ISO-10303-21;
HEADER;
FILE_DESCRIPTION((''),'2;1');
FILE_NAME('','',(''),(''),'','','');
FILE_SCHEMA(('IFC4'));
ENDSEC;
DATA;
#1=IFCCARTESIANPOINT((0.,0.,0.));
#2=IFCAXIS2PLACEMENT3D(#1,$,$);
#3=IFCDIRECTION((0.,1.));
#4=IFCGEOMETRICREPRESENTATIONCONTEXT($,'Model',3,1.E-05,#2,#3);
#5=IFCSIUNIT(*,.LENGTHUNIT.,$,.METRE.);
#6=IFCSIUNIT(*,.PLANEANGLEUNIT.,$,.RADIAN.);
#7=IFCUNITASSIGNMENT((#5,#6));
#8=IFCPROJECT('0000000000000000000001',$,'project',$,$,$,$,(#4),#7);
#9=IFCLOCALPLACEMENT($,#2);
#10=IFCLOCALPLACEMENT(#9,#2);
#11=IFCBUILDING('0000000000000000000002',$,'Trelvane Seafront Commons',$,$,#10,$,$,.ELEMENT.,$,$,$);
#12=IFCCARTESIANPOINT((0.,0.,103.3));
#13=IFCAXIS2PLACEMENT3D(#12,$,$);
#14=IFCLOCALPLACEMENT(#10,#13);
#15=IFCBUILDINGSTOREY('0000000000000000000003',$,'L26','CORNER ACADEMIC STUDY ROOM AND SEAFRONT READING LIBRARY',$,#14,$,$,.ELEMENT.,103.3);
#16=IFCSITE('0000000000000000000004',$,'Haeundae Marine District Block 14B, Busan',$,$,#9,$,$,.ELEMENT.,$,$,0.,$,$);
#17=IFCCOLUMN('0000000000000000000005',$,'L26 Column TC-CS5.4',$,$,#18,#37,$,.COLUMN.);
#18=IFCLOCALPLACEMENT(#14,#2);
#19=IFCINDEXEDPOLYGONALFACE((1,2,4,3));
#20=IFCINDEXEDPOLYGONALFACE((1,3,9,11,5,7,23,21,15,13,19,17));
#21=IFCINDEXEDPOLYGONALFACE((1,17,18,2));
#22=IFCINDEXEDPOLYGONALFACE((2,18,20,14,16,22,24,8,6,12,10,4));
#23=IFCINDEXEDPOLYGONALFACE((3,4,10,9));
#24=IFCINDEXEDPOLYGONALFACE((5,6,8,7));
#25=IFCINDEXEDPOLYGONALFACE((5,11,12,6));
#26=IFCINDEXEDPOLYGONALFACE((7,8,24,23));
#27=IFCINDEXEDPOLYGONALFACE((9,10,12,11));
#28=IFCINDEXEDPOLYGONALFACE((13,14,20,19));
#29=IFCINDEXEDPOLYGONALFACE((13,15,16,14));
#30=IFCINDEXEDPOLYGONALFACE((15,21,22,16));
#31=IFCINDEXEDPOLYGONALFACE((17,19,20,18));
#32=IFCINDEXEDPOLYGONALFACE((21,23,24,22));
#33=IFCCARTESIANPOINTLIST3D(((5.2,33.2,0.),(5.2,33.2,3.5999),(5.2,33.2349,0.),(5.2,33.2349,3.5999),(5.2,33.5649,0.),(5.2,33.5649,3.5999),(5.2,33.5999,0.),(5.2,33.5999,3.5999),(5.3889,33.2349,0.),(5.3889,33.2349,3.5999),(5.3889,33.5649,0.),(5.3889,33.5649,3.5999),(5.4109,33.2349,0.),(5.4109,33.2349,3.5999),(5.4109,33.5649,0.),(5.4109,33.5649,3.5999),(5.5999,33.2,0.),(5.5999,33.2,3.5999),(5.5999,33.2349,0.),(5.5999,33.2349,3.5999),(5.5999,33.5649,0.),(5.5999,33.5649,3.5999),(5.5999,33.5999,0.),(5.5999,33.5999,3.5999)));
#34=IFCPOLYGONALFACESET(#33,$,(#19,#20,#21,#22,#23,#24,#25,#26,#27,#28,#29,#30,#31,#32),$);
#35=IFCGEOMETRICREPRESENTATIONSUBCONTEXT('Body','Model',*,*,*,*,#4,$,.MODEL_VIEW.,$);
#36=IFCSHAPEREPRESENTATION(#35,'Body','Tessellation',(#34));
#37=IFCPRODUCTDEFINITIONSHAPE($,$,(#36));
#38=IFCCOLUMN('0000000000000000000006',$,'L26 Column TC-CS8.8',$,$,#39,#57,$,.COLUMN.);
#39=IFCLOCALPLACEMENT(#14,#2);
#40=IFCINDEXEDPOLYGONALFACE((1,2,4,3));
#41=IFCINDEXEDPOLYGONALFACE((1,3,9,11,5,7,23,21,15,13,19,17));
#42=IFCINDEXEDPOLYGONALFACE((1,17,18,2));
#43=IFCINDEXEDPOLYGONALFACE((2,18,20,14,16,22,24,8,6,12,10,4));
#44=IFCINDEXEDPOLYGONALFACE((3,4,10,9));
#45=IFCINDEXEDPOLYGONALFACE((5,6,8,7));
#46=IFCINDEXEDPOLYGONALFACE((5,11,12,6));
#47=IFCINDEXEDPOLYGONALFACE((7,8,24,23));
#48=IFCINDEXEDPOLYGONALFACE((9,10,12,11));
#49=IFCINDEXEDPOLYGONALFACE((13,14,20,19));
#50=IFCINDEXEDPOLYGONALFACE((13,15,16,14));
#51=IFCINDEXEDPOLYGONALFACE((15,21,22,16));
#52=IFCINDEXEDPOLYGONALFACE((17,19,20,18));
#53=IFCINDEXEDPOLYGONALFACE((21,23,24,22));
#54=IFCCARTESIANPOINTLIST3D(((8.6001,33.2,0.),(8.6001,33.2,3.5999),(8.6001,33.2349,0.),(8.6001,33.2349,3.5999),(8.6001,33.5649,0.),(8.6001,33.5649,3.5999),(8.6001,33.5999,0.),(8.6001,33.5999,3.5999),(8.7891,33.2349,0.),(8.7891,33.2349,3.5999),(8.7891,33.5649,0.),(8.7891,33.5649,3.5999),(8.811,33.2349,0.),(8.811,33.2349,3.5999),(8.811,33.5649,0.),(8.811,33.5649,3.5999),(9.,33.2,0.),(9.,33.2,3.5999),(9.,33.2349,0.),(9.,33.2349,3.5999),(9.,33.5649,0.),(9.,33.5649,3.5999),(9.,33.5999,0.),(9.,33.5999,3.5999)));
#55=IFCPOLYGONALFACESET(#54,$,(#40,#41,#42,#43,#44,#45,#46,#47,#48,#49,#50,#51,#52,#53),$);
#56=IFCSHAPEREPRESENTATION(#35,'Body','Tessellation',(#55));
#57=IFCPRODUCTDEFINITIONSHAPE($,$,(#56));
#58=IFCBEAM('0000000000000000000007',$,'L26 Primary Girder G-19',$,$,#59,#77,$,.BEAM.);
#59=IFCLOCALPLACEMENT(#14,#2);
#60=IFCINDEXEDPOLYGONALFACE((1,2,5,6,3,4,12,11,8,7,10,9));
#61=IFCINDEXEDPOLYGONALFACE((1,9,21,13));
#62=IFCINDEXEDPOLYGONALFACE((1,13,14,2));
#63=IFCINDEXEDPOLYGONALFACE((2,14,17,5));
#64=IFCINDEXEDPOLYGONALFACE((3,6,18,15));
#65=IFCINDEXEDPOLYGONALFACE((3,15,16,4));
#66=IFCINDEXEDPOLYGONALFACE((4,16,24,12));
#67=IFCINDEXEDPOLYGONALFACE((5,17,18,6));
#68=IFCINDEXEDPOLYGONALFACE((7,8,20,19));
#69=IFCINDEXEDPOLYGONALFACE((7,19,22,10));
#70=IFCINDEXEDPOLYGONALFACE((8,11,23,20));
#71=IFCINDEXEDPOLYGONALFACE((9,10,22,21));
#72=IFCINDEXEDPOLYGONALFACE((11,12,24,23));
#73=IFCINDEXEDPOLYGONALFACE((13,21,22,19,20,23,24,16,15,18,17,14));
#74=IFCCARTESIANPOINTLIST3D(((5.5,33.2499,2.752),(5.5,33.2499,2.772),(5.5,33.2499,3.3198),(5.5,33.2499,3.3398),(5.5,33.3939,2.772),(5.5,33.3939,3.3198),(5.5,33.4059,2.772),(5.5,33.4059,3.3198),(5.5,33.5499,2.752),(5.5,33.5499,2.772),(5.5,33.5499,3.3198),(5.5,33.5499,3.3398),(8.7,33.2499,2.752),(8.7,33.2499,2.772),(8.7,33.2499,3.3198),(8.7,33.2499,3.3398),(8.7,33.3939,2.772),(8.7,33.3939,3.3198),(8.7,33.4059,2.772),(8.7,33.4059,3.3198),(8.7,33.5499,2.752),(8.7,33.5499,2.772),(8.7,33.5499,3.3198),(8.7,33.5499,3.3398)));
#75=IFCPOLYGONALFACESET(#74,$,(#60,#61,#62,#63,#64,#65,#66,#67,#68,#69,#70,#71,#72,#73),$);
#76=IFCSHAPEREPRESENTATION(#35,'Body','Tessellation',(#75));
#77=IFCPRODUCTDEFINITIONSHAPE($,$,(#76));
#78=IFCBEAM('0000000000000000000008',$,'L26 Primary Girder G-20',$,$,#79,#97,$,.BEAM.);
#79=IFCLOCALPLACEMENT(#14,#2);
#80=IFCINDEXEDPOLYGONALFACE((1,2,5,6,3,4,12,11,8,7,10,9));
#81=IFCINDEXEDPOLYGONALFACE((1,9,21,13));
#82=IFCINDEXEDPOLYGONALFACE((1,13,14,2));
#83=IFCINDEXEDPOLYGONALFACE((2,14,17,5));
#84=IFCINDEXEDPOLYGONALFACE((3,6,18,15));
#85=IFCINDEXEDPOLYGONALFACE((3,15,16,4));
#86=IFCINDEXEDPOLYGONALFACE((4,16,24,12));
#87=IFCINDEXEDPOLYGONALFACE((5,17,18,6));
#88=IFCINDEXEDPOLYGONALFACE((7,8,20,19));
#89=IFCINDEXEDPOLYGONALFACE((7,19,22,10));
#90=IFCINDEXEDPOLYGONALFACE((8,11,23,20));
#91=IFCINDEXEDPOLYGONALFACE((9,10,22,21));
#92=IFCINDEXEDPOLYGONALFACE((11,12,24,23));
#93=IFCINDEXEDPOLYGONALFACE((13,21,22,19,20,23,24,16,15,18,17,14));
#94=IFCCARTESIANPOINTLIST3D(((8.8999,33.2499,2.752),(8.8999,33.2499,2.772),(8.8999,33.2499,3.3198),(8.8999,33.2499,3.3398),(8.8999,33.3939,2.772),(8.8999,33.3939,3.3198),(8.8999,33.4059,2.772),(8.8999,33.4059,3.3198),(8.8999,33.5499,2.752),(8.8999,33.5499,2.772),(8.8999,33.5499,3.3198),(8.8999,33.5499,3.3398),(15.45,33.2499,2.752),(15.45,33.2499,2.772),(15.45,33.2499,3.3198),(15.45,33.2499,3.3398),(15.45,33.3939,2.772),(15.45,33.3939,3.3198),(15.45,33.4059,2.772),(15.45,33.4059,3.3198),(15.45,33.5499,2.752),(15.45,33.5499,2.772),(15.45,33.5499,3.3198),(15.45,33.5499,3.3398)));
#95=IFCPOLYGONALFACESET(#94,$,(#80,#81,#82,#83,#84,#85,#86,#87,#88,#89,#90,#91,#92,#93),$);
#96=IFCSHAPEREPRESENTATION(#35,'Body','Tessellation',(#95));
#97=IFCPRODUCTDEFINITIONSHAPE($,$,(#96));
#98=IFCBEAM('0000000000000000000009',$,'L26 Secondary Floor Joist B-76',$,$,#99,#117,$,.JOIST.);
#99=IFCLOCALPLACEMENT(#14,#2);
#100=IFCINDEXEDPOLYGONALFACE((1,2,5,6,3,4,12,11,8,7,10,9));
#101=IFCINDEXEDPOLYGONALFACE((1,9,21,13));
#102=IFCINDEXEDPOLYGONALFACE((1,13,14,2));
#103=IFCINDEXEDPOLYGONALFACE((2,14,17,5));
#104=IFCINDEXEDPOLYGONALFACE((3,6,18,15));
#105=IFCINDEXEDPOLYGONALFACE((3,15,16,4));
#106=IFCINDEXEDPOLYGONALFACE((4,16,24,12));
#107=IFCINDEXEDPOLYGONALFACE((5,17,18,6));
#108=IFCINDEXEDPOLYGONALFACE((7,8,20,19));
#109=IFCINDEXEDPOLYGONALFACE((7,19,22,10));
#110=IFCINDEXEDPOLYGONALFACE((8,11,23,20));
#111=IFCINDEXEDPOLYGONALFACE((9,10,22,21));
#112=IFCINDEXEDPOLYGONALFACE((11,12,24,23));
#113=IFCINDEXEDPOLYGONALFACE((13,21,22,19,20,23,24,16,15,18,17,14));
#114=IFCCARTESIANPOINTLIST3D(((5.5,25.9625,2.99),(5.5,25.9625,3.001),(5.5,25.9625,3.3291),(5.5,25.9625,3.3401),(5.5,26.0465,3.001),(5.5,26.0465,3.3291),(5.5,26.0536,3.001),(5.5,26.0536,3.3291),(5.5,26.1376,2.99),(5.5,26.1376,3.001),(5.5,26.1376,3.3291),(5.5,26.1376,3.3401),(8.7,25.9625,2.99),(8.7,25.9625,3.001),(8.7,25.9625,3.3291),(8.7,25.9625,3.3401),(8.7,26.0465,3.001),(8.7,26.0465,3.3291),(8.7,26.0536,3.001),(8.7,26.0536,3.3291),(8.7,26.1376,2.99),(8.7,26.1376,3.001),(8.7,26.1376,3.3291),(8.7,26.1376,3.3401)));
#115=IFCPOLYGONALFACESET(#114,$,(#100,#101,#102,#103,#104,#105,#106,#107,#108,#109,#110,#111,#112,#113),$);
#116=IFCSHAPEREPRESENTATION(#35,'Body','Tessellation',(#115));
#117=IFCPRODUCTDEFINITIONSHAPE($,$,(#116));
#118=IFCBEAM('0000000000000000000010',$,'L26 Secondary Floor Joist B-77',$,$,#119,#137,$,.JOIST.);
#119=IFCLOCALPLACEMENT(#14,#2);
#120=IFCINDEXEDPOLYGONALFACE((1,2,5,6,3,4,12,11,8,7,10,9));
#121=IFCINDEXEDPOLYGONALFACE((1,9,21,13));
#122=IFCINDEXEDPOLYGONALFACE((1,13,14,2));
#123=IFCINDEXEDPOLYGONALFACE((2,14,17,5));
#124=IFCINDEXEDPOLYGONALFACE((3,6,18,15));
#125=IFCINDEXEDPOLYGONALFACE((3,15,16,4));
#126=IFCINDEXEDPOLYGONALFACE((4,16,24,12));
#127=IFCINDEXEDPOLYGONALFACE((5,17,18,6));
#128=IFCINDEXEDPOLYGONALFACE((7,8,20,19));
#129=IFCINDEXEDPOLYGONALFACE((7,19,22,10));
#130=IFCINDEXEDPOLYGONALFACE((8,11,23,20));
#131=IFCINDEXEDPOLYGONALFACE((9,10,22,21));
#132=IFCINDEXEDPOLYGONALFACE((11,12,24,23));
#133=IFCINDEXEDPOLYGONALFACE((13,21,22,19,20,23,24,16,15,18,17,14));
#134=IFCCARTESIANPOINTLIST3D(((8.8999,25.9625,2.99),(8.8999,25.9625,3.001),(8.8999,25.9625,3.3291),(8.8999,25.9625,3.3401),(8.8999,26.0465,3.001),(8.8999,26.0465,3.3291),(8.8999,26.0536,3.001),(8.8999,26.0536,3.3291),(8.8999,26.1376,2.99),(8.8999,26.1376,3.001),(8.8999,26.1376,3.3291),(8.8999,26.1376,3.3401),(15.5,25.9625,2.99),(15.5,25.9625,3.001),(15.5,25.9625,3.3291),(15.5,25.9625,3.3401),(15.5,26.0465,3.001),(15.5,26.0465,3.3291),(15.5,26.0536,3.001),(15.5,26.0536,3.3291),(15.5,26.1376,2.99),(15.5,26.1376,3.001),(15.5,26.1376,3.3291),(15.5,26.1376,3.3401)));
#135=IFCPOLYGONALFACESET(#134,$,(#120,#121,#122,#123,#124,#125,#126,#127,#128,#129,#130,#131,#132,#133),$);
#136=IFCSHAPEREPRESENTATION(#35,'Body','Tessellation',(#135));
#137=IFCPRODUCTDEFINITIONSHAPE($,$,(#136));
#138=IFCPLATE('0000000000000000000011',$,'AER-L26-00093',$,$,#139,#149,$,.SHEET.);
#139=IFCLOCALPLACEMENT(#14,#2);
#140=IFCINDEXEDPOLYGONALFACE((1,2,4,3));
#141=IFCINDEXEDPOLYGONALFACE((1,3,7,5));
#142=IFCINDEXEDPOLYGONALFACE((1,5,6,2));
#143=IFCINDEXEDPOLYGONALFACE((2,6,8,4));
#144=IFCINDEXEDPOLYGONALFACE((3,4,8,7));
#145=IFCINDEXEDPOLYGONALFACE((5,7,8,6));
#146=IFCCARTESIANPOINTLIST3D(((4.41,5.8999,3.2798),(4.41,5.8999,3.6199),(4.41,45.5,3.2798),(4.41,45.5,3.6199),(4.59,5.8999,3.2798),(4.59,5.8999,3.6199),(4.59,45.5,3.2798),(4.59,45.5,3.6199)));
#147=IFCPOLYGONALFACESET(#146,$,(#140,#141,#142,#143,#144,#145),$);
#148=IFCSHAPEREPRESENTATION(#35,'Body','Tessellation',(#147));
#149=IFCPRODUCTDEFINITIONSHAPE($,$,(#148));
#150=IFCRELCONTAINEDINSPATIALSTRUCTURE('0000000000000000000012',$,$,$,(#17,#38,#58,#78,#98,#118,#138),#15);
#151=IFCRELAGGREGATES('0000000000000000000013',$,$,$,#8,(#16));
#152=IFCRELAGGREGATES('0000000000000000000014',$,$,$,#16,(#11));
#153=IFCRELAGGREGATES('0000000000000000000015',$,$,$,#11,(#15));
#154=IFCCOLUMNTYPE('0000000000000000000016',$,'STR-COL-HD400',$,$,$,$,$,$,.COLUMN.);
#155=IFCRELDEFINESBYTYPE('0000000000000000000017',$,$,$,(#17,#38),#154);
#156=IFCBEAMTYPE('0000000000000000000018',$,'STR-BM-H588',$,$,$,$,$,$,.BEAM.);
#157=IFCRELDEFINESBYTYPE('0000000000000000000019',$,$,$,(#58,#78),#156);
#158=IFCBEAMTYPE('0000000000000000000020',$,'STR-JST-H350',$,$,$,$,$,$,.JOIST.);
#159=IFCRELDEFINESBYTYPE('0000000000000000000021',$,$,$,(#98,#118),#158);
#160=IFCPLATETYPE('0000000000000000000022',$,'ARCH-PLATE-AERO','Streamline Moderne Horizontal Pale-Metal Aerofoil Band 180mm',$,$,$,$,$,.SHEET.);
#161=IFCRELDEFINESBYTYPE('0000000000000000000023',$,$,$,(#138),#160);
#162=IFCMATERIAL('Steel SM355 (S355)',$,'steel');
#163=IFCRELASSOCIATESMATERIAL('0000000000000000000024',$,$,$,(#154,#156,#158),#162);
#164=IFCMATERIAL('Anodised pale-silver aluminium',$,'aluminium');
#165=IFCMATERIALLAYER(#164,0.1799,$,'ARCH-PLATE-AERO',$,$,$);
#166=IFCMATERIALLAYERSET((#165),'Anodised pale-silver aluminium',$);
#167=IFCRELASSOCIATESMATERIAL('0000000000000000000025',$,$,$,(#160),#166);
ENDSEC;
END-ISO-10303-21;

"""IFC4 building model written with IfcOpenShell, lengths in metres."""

from ifc_helpers import new_model, si_unit, direction, frame, origin, origin_2d, place, context, subcontext, project, spatial, rectangle, i_section, extrude, source, transform, mapped, material, layer, layer_set, material_profile, profile_set, type_object, element, save


model = new_model("IFC4")

# Units and contexts
model_context = context("Model", 3, precision=1e-05, world=origin(), true_north=direction((0.0, 1.0)))
body_context = subcontext(model_context, "Body", "Model", "MODEL_VIEW")
ifc_project = project(units=[si_unit("LENGTHUNIT", "METRE"), si_unit("PLANEANGLEUNIT", "RADIAN")], contexts=[model_context])

# Site, building, storey
site_placement = place(None, origin())
site = spatial("IfcSite", under=ifc_project, at=site_placement, Name="Haeundae Marine District Block 14B, Busan", CompositionType="ELEMENT", RefElevation=0.0)
building_placement = place(site_placement, origin())
building = spatial("IfcBuilding", under=site, at=building_placement, Name="Trelvane Seafront Commons", CompositionType="ELEMENT")
storey_placement = place(building_placement, frame((0.0, 0.0, 103.3)))
storey = spatial("IfcBuildingStorey", under=building, at=storey_placement, Name="L26", Description="CORNER ACADEMIC STUDY ROOM AND SEAFRONT READING LIBRARY", CompositionType="ELEMENT", Elevation=103.3)

# Columns
ifc_material_1 = material(Name="Steel SM355 (S355)", Category="steel")
ifc_material_profile_1 = material_profile(ifc_material_1, i_section(OverallWidth=0.3999, OverallDepth=0.3999, WebThickness=0.022, FlangeThickness=0.0349, at=origin_2d()), Name="HD-400x400x22x35")
ifc_profile_set_1 = profile_set([ifc_material_profile_1], Name="Steel SM355 (S355)")
column_type = type_object("IfcColumnType", Name="STR-COL-HD400", PredefinedType="COLUMN", material=ifc_profile_set_1)
shared_shape_1 = source(origin(), body_context, "Body", "SweptSolid", [
    extrude(i_section(OverallWidth=0.3999, OverallDepth=0.3999, WebThickness=0.022, FlangeThickness=0.0349, at=origin_2d()), origin(), (0.0, 0.0, 1.0), 3.5999),
])
for number, where, z_axis, x_axis, name in (
    (1, (5.3999, 33.3999, 0.0), (0.0, 0.0, 1.0), (1.0, 0.0, 0.0), "L26 Column TC-CS5.4"),
    (2, (8.8, 33.3999, 0.0), (0.0, 0.0, 1.0), (1.0, 0.0, 0.0), "L26 Column TC-CS8.8"),
):
    element("IfcColumn", number, at=place(storey_placement, frame(where, z_axis=z_axis, x_axis=x_axis)), inside=storey, type_object=column_type, Name=name, PredefinedType="COLUMN", context=body_context, shape_type="MappedRepresentation", body=[
        mapped(shared_shape_1, transform((0.0, 0.0, 0.0), x_axis=(1.0, 0.0, 0.0), y_axis=(0.0, 1.0, 0.0), z_axis=(0.0, 0.0, 1.0), scale=1.0)),
    ])

# Beams
ifc_material_profile_2 = material_profile(ifc_material_1, i_section(OverallWidth=0.3, OverallDepth=0.5879, WebThickness=0.012, FlangeThickness=0.02, at=origin_2d()), Name="H-588x300x12x20")
ifc_profile_set_2 = profile_set([ifc_material_profile_2], Name="Steel SM355 (S355)")
beam_type_1 = type_object("IfcBeamType", Name="STR-BM-H588", PredefinedType="BEAM", material=ifc_profile_set_2)
shared_shape_2 = source(origin(), body_context, "Body", "SweptSolid", [
    extrude(i_section(OverallWidth=0.3, OverallDepth=0.5879, WebThickness=0.012, FlangeThickness=0.02, at=origin_2d()), origin(), (0.0, 0.0, 1.0), 3.2),
])
beam_1_placement = place(storey_placement, frame((5.5, 33.3999, 3.0459), z_axis=(1.0, 0.0, 0.0), x_axis=(0.0, 1.0, 0.0)))
element("IfcBeam", 3, at=beam_1_placement, inside=storey, type_object=beam_type_1, Name="L26 Primary Girder G-19", PredefinedType="BEAM", context=body_context, shape_type="MappedRepresentation", body=[
    mapped(shared_shape_2, transform((0.0, 0.0, 0.0), x_axis=(1.0, 0.0, 0.0), y_axis=(0.0, 1.0, 0.0), z_axis=(0.0, 0.0, 1.0), scale=1.0)),
])
shared_shape_3 = source(origin(), body_context, "Body", "SweptSolid", [
    extrude(i_section(OverallWidth=0.3, OverallDepth=0.5879, WebThickness=0.012, FlangeThickness=0.02, at=origin_2d()), origin(), (0.0, 0.0, 1.0), 6.55),
])
beam_2_placement = place(storey_placement, frame((8.8999, 33.3999, 3.0459), z_axis=(1.0, 0.0, 0.0), x_axis=(0.0, 1.0, 0.0)))
element("IfcBeam", 4, at=beam_2_placement, inside=storey, type_object=beam_type_1, Name="L26 Primary Girder G-20", PredefinedType="BEAM", context=body_context, shape_type="MappedRepresentation", body=[
    mapped(shared_shape_3, transform((0.0, 0.0, 0.0), x_axis=(1.0, 0.0, 0.0), y_axis=(0.0, 1.0, 0.0), z_axis=(0.0, 0.0, 1.0), scale=1.0)),
])
ifc_material_profile_3 = material_profile(ifc_material_1, i_section(OverallWidth=0.175, OverallDepth=0.3501, WebThickness=0.0071, FlangeThickness=0.011, at=origin_2d()), Name="H-350x175x7x11")
ifc_profile_set_3 = profile_set([ifc_material_profile_3], Name="Steel SM355 (S355)")
beam_type_2 = type_object("IfcBeamType", Name="STR-JST-H350", PredefinedType="JOIST", material=ifc_profile_set_3)
shared_shape_4 = source(origin(), body_context, "Body", "SweptSolid", [
    extrude(i_section(OverallWidth=0.175, OverallDepth=0.3501, WebThickness=0.0071, FlangeThickness=0.011, at=origin_2d()), origin(), (0.0, 0.0, 1.0), 3.2),
])
beam_3_placement = place(storey_placement, frame((5.5, 26.05, 3.165), z_axis=(1.0, 0.0, 0.0), x_axis=(0.0, 1.0, 0.0)))
element("IfcBeam", 5, at=beam_3_placement, inside=storey, type_object=beam_type_2, Name="L26 Secondary Floor Joist B-76", PredefinedType="JOIST", context=body_context, shape_type="MappedRepresentation", body=[
    mapped(shared_shape_4, transform((0.0, 0.0, 0.0), x_axis=(1.0, 0.0, 0.0), y_axis=(0.0, 1.0, 0.0), z_axis=(0.0, 0.0, 1.0), scale=1.0)),
])
shared_shape_5 = source(origin(), body_context, "Body", "SweptSolid", [
    extrude(i_section(OverallWidth=0.175, OverallDepth=0.3501, WebThickness=0.0071, FlangeThickness=0.011, at=origin_2d()), origin(), (0.0, 0.0, 1.0), 6.6001),
])
beam_4_placement = place(storey_placement, frame((8.8999, 26.05, 3.165), z_axis=(1.0, 0.0, 0.0), x_axis=(0.0, 1.0, 0.0)))
element("IfcBeam", 6, at=beam_4_placement, inside=storey, type_object=beam_type_2, Name="L26 Secondary Floor Joist B-77", PredefinedType="JOIST", context=body_context, shape_type="MappedRepresentation", body=[
    mapped(shared_shape_5, transform((0.0, 0.0, 0.0), x_axis=(1.0, 0.0, 0.0), y_axis=(0.0, 1.0, 0.0), z_axis=(0.0, 0.0, 1.0), scale=1.0)),
])

# Plate
ifc_material_2 = material(Name="Anodised pale-silver aluminium", Category="aluminium")
ifc_layer_1 = layer(ifc_material_2, 0.1799, Name="ARCH-PLATE-AERO")
ifc_layer_set_1 = layer_set([ifc_layer_1], Name="Anodised pale-silver aluminium")
plate_type = type_object("IfcPlateType", Name="ARCH-PLATE-AERO", Description="Streamline Moderne Horizontal Pale-Metal Aerofoil Band 180mm", PredefinedType="SHEET", material=ifc_layer_set_1)
shared_shape_6 = source(origin(), body_context, "Body", "SweptSolid", [
    extrude(rectangle(XDim=39.6001, YDim=0.1799, at=origin_2d()), origin(), (0.0, 0.0, 1.0), 0.3401),
])
plate_placement = place(storey_placement, frame((4.5, 25.7, 3.2798), z_axis=(0.0, 0.0, 1.0), x_axis=(0.0, 1.0, 0.0)))
element("IfcPlate", 7, at=plate_placement, inside=storey, type_object=plate_type, Name="AER-L26-00093", PredefinedType="SHEET", context=body_context, shape_type="MappedRepresentation", body=[
    mapped(shared_shape_6, transform((0.0, 0.0, 0.0), x_axis=(1.0, 0.0, 0.0), y_axis=(0.0, 1.0, 0.0), z_axis=(0.0, 0.0, 1.0), scale=1.0)),
])

save(model, "model.ifc")
